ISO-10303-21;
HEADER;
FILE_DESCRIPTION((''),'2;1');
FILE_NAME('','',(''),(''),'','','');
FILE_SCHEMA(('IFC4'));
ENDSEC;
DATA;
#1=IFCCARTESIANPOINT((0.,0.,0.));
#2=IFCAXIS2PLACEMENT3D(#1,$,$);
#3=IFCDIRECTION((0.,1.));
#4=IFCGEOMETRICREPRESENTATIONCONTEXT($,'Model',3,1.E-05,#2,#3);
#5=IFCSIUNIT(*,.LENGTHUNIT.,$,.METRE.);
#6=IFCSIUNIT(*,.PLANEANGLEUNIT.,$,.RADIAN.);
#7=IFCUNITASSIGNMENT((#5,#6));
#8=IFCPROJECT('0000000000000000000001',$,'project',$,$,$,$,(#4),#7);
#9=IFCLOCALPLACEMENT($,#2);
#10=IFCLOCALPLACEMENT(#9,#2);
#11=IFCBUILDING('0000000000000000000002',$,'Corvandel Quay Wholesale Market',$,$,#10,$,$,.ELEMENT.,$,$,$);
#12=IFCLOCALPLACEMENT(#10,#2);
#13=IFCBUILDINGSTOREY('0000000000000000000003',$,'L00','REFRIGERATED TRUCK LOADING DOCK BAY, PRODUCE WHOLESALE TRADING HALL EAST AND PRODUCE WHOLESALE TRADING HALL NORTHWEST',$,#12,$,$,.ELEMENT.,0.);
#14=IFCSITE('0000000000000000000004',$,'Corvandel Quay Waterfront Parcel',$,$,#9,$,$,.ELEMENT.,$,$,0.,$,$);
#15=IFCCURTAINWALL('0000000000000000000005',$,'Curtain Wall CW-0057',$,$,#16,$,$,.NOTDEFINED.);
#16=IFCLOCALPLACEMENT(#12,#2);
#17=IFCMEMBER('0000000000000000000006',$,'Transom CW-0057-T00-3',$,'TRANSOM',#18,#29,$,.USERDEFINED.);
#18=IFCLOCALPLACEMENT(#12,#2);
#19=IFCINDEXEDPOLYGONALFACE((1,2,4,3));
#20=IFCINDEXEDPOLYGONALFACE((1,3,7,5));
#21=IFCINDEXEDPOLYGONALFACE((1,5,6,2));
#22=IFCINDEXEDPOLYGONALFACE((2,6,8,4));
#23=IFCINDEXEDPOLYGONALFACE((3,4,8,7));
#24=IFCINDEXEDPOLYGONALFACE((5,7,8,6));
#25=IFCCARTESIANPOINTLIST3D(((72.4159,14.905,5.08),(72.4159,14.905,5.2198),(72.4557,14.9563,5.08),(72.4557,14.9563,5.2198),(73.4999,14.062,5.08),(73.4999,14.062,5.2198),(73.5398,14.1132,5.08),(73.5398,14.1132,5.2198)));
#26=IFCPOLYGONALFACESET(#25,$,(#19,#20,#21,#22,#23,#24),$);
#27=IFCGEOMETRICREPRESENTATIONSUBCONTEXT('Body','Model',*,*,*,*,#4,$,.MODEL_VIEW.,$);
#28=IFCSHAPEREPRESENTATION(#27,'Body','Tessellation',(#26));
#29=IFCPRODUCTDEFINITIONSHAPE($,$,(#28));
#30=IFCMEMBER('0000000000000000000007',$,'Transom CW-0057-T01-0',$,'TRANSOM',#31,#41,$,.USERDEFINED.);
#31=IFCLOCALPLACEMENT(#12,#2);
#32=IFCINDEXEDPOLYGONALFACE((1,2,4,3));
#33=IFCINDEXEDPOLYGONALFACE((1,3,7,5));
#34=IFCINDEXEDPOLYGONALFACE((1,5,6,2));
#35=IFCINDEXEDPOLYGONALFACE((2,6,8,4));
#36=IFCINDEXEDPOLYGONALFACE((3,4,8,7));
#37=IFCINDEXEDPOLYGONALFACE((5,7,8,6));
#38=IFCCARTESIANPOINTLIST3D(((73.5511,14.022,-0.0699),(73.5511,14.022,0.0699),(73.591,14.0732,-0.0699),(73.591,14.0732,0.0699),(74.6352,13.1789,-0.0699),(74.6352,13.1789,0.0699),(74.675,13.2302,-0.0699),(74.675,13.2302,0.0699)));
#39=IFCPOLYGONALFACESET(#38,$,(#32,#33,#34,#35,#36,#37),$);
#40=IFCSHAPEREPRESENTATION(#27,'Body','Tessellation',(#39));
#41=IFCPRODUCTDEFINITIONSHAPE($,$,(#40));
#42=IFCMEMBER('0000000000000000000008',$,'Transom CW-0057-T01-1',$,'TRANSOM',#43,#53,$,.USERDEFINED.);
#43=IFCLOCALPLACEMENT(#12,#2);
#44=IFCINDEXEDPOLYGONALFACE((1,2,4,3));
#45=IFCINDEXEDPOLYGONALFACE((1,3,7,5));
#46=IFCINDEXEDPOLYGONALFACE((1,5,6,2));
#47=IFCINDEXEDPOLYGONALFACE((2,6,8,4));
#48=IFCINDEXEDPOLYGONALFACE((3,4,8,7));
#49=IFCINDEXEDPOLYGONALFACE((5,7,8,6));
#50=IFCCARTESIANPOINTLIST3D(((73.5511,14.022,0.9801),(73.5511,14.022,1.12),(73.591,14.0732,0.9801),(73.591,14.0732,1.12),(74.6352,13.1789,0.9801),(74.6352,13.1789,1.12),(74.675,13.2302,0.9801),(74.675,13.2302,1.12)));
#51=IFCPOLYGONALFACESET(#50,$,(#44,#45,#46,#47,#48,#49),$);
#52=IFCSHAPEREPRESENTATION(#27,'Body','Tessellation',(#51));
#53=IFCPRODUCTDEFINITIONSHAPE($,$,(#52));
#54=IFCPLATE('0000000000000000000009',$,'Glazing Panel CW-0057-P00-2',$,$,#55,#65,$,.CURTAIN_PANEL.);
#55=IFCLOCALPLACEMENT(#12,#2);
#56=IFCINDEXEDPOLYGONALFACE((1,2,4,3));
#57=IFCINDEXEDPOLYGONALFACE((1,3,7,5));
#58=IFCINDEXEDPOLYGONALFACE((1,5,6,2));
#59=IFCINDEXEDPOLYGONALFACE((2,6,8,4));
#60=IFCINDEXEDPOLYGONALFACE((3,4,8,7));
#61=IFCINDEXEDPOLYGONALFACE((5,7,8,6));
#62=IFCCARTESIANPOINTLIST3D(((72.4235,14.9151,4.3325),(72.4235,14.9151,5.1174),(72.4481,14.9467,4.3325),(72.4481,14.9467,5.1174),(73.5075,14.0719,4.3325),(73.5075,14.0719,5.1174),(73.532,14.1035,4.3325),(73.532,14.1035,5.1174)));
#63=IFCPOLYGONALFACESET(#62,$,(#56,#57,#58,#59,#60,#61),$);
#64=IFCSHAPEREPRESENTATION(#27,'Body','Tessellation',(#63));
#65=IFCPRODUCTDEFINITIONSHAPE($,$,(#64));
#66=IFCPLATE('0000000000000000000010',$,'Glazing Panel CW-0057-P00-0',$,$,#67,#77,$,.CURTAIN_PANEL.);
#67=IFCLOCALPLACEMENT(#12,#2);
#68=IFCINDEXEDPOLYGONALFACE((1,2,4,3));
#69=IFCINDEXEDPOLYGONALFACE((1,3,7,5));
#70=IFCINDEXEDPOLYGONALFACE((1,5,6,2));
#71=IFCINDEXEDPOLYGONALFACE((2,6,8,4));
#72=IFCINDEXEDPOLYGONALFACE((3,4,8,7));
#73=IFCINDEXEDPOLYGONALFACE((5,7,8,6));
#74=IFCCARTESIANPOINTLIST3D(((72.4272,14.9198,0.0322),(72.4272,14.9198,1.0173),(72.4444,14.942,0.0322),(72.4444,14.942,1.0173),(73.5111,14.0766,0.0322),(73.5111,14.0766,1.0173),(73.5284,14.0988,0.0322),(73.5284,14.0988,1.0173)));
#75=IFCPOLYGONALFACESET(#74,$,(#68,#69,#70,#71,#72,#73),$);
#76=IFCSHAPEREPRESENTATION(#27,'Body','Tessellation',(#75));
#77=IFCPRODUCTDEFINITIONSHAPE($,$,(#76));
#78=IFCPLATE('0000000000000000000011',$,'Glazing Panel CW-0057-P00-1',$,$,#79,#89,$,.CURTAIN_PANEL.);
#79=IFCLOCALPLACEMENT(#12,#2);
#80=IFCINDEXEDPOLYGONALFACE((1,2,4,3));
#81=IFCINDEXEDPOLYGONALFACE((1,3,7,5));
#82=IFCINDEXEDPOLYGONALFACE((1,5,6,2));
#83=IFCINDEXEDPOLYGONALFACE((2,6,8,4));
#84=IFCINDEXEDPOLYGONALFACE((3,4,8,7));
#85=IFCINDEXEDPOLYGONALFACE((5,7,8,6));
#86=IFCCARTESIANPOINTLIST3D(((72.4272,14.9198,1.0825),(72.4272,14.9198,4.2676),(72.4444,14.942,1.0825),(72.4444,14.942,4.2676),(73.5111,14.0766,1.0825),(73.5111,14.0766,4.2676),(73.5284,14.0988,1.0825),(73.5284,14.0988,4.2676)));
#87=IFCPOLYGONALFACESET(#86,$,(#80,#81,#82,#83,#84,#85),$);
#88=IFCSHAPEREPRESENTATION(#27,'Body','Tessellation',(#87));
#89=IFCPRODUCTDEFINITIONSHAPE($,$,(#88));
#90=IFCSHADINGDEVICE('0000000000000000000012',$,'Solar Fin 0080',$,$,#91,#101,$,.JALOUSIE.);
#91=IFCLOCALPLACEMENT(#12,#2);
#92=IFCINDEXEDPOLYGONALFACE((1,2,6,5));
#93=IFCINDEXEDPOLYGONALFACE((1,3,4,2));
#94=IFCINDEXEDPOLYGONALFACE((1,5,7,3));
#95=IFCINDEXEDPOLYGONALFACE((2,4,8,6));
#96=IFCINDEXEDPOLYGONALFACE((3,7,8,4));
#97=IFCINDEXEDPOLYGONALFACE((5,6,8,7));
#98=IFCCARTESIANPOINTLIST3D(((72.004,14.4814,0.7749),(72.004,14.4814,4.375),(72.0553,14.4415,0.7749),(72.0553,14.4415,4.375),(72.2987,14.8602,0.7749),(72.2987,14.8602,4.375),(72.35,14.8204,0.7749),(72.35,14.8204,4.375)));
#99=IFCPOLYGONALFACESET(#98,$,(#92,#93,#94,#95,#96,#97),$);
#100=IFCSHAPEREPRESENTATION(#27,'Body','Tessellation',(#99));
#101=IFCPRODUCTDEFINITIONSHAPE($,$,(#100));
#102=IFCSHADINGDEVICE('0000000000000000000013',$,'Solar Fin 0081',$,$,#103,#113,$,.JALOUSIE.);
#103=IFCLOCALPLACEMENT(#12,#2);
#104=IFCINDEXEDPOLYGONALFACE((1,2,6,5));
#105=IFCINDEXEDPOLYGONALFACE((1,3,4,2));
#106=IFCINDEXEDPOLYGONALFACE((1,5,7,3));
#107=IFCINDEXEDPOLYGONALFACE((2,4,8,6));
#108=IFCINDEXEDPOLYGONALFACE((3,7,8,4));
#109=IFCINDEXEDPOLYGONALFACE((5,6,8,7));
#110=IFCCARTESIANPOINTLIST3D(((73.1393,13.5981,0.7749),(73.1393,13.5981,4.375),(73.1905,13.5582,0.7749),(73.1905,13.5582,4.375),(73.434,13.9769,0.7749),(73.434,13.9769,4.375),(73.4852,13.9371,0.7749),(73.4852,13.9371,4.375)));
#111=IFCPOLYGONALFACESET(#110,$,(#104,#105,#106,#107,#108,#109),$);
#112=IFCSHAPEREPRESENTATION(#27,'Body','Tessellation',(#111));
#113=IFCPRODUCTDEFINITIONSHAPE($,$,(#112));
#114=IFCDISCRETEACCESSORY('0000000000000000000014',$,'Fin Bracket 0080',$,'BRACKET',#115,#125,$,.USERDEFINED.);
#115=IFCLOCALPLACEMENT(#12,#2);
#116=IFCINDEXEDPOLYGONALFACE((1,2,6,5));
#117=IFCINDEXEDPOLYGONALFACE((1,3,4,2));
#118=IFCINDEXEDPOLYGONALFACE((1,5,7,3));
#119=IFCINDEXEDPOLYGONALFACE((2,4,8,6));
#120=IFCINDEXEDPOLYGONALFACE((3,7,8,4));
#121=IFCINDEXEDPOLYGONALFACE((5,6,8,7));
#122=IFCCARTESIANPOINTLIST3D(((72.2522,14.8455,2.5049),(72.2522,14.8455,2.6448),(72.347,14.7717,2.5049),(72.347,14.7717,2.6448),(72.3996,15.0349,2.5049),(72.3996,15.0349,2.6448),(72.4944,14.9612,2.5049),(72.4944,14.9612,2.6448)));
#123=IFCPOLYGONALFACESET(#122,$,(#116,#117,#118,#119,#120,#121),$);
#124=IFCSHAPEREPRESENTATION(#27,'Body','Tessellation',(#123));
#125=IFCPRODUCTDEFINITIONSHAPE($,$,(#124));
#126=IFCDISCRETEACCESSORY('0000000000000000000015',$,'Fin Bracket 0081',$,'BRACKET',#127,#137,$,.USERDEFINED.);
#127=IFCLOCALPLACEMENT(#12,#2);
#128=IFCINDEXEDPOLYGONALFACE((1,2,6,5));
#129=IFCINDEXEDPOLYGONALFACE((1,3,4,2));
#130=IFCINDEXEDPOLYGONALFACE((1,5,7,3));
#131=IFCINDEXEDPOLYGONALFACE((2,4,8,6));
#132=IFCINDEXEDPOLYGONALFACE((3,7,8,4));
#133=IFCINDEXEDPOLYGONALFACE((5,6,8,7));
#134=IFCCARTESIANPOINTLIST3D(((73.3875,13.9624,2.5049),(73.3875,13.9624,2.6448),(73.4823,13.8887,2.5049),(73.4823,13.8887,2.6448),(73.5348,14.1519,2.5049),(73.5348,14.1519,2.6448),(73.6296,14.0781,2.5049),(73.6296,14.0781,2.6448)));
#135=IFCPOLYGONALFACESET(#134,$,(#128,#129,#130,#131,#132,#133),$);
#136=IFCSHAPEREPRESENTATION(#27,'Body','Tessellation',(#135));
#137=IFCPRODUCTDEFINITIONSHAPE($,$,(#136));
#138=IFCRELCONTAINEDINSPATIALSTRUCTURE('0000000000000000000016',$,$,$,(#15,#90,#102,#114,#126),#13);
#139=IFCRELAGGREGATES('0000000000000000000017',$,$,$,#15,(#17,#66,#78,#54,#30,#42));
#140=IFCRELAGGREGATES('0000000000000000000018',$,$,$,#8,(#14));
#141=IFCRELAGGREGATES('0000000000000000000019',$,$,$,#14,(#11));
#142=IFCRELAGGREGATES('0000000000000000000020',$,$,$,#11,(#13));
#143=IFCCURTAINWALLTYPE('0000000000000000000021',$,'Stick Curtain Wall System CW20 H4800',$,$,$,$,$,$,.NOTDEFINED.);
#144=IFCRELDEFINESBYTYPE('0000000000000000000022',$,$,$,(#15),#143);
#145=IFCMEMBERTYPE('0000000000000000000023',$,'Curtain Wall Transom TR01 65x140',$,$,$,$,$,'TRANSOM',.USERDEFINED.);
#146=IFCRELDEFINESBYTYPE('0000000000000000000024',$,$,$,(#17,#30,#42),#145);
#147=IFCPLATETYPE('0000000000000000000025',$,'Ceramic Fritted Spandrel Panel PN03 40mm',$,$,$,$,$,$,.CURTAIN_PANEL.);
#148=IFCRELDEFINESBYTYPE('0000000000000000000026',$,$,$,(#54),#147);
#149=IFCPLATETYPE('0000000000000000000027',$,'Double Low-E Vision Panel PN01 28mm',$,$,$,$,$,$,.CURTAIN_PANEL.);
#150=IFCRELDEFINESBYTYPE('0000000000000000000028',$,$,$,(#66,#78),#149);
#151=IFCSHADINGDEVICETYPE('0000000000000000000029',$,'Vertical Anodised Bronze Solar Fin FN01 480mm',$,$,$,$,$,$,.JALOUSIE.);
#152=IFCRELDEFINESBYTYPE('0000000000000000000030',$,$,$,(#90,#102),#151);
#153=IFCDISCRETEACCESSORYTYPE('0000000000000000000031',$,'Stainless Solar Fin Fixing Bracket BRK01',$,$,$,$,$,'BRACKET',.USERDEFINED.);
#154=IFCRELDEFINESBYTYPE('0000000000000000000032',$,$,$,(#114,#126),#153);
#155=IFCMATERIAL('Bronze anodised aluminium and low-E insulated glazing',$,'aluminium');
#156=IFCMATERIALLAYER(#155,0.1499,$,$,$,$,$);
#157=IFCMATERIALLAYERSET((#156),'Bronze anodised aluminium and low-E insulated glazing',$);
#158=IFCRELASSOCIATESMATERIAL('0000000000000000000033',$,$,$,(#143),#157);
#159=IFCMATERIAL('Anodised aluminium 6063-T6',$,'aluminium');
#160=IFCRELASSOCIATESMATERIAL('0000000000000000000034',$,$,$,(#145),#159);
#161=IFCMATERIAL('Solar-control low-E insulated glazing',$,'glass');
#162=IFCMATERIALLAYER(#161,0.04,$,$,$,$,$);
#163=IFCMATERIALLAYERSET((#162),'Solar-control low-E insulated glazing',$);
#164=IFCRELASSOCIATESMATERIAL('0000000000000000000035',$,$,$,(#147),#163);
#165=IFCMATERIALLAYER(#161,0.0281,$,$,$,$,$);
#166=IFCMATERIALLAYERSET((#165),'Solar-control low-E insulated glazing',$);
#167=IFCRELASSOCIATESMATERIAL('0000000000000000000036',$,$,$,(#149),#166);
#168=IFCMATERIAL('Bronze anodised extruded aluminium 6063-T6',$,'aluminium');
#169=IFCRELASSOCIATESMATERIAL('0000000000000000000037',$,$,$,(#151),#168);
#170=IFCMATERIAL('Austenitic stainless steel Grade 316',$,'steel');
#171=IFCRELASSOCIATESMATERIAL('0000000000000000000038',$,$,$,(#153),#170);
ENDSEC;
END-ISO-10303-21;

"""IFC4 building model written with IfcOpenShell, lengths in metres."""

from ifc_helpers import new_model, si_unit, direction, frame, origin, origin_2d, place, context, subcontext, project, spatial, rectangle, extrude, material, layer, layer_set, material_profile, profile_set, type_object, element, aggregate, save


model = new_model("IFC4")

# Units and contexts
model_context = context("Model", 3, precision=1e-05, world=origin(), true_north=direction((0.0, 1.0)))
body_context = subcontext(model_context, "Body", "Model", "MODEL_VIEW")
ifc_project = project(units=[si_unit("LENGTHUNIT", "METRE"), si_unit("PLANEANGLEUNIT", "RADIAN")], contexts=[model_context])

# Site, building, storey
site_placement = place(None, origin())
site = spatial("IfcSite", under=ifc_project, at=site_placement, Name="Corvandel Quay Waterfront Parcel", CompositionType="ELEMENT", RefElevation=0.0)
building_placement = place(site_placement, origin())
building = spatial("IfcBuilding", under=site, at=building_placement, Name="Corvandel Quay Wholesale Market", CompositionType="ELEMENT")
storey_placement = place(building_placement, origin())
storey = spatial("IfcBuildingStorey", under=building, at=storey_placement, Name="L00", Description="REFRIGERATED TRUCK LOADING DOCK BAY, PRODUCE WHOLESALE TRADING HALL EAST AND PRODUCE WHOLESALE TRADING HALL NORTHWEST", CompositionType="ELEMENT", Elevation=0.0)

# Curtain wall, members, plates
ifc_material_1 = material(Name="Bronze anodised aluminium and low-E insulated glazing", Category="aluminium")
ifc_layer_1 = layer(ifc_material_1, 0.1499)
ifc_layer_set_1 = layer_set([ifc_layer_1], Name="Bronze anodised aluminium and low-E insulated glazing")
curtain_wall_type = type_object("IfcCurtainWallType", Name="Stick Curtain Wall System CW20 H4800", PredefinedType="NOTDEFINED", material=ifc_layer_set_1)
curtain_wall_placement = place(storey_placement, origin())
curtain_wall = element("IfcCurtainWall", 1, at=curtain_wall_placement, inside=storey, type_object=curtain_wall_type, Name="Curtain Wall CW-0057", PredefinedType="NOTDEFINED")
ifc_material_2 = material(Name="Anodised aluminium 6063-T6", Category="aluminium")
ifc_material_profile_1 = material_profile(ifc_material_2, rectangle(XDim=0.0649, YDim=0.1399, at=origin_2d()), Name="ALU-TRN-65x140")
ifc_profile_set_1 = profile_set([ifc_material_profile_1], Name="Anodised aluminium 6063-T6")
member_type_1 = type_object("IfcMemberType", Name="Curtain Wall Transom TR01 65x140", ElementType="TRANSOM", PredefinedType="USERDEFINED", material=ifc_profile_set_1)
member_1_placement = place(storey_placement, frame((72.4358, 14.9307, 5.1499), z_axis=(0.789381, -0.613904, 0.0), x_axis=(0.613904, 0.789381, 0.0)))
member_1 = element("IfcMember", 2, at=member_1_placement, type_object=member_type_1, Name="Transom CW-0057-T00-3", ObjectType="TRANSOM", PredefinedType="USERDEFINED", context=body_context, shape_type="SweptSolid", body=[
    extrude(rectangle(XDim=0.0649, YDim=0.1399, at=origin_2d()), origin(), (0.0, 0.0, 1.0), 1.3733),
])
member_2_placement = place(storey_placement, frame((73.571, 14.0476, 0.0), z_axis=(0.789381, -0.613904, 0.0), x_axis=(0.613904, 0.789381, 0.0)))
member_2 = element("IfcMember", 3, at=member_2_placement, type_object=member_type_1, Name="Transom CW-0057-T01-0", ObjectType="TRANSOM", PredefinedType="USERDEFINED", context=body_context, shape_type="SweptSolid", body=[
    extrude(rectangle(XDim=0.0649, YDim=0.1399, at=origin_2d()), origin(), (0.0, 0.0, 1.0), 1.3733),
])
member_3_placement = place(storey_placement, frame((73.571, 14.0476, 1.05), z_axis=(0.789381, -0.613904, 0.0), x_axis=(0.613904, 0.789381, 0.0)))
member_3 = element("IfcMember", 4, at=member_3_placement, type_object=member_type_1, Name="Transom CW-0057-T01-1", ObjectType="TRANSOM", PredefinedType="USERDEFINED", context=body_context, shape_type="SweptSolid", body=[
    extrude(rectangle(XDim=0.0649, YDim=0.1399, at=origin_2d()), origin(), (0.0, 0.0, 1.0), 1.3733),
])
ifc_material_3 = material(Name="Solar-control low-E insulated glazing", Category="glass")
ifc_layer_2 = layer(ifc_material_3, 0.04)
ifc_layer_set_2 = layer_set([ifc_layer_2], Name="Solar-control low-E insulated glazing")
plate_type_1 = type_object("IfcPlateType", Name="Ceramic Fritted Spandrel Panel PN03 40mm", PredefinedType="CURTAIN_PANEL", material=ifc_layer_set_2)
plate_1_placement = place(storey_placement, frame((72.9778, 14.5093, 4.3325), z_axis=(0.0, 0.0, 1.0), x_axis=(-0.789298, 0.61401, 0.0)))
plate_1 = element("IfcPlate", 5, at=plate_1_placement, type_object=plate_type_1, Name="Glazing Panel CW-0057-P00-2", PredefinedType="CURTAIN_PANEL", context=body_context, shape_type="SweptSolid", body=[
    extrude(rectangle(XDim=1.3733, YDim=0.04, at=origin_2d()), origin(), (0.0, 0.0, 1.0), 0.7849),
])
ifc_layer_3 = layer(ifc_material_3, 0.0281)
ifc_layer_set_3 = layer_set([ifc_layer_3], Name="Solar-control low-E insulated glazing")
plate_type_2 = type_object("IfcPlateType", Name="Double Low-E Vision Panel PN01 28mm", PredefinedType="CURTAIN_PANEL", material=ifc_layer_set_3)
plate_2_placement = place(storey_placement, frame((72.9778, 14.5093, 0.0322), z_axis=(0.0, 0.0, 1.0), x_axis=(-0.789298, 0.61401, 0.0)))
plate_2 = element("IfcPlate", 6, at=plate_2_placement, type_object=plate_type_2, Name="Glazing Panel CW-0057-P00-0", PredefinedType="CURTAIN_PANEL", context=body_context, shape_type="SweptSolid", body=[
    extrude(rectangle(XDim=1.3733, YDim=0.0281, at=origin_2d()), origin(), (0.0, 0.0, 1.0), 0.9851),
])
plate_3_placement = place(storey_placement, frame((72.9778, 14.5093, 1.0825), z_axis=(0.0, 0.0, 1.0), x_axis=(-0.789298, 0.61401, 0.0)))
plate_3 = element("IfcPlate", 7, at=plate_3_placement, type_object=plate_type_2, Name="Glazing Panel CW-0057-P00-1", PredefinedType="CURTAIN_PANEL", context=body_context, shape_type="SweptSolid", body=[
    extrude(rectangle(XDim=1.3733, YDim=0.0281, at=origin_2d()), origin(), (0.0, 0.0, 1.0), 3.1851),
])
aggregate(curtain_wall, [member_1, plate_2, plate_3, plate_1, member_2, member_3])

# Shading devices
ifc_material_4 = material(Name="Bronze anodised extruded aluminium 6063-T6", Category="aluminium")
shading_device_type = type_object("IfcShadingDeviceType", Name="Vertical Anodised Bronze Solar Fin FN01 480mm", PredefinedType="JALOUSIE", material=ifc_material_4)
for number, where, z_axis, x_axis, name in (
    (8, (72.177, 14.6509, 0.7749), (0.0, 0.0, 1.0), (0.61401, 0.789298, 0.0), "Solar Fin 0080"),
    (9, (73.3123, 13.7676, 0.7749), (0.0, 0.0, 1.0), (0.61401, 0.789298, 0.0), "Solar Fin 0081"),
):
    element("IfcShadingDevice", number, at=place(storey_placement, frame(where, z_axis=z_axis, x_axis=x_axis)), inside=storey, type_object=shading_device_type, Name=name, PredefinedType="JALOUSIE", context=body_context, shape_type="SweptSolid", body=[
        extrude(rectangle(XDim=0.48, YDim=0.0649, at=origin_2d()), origin(), (0.0, 0.0, 1.0), 3.6001),
    ])

# Discrete accessories
ifc_material_5 = material(Name="Austenitic stainless steel Grade 316", Category="steel")
discrete_accessory_type = type_object("IfcDiscreteAccessoryType", Name="Stainless Solar Fin Fixing Bracket BRK01", ElementType="BRACKET", PredefinedType="USERDEFINED", material=ifc_material_5)
for number, where, z_axis, x_axis, name in (
    (10, (72.3733, 14.9033, 2.5049), (0.0, 0.0, 1.0), (0.61401, 0.789298, 0.0), "Fin Bracket 0080"),
    (11, (73.5085, 14.0203, 2.5049), (0.0, 0.0, 1.0), (0.61401, 0.789298, 0.0), "Fin Bracket 0081"),
):
    element("IfcDiscreteAccessory", number, at=place(storey_placement, frame(where, z_axis=z_axis, x_axis=x_axis)), inside=storey, type_object=discrete_accessory_type, Name=name, ObjectType="BRACKET", PredefinedType="USERDEFINED", context=body_context, shape_type="SweptSolid", body=[
        extrude(rectangle(XDim=0.24, YDim=0.1201, at=origin_2d()), origin(), (0.0, 0.0, 1.0), 0.1399),
    ])

save(model, "model.ifc")
